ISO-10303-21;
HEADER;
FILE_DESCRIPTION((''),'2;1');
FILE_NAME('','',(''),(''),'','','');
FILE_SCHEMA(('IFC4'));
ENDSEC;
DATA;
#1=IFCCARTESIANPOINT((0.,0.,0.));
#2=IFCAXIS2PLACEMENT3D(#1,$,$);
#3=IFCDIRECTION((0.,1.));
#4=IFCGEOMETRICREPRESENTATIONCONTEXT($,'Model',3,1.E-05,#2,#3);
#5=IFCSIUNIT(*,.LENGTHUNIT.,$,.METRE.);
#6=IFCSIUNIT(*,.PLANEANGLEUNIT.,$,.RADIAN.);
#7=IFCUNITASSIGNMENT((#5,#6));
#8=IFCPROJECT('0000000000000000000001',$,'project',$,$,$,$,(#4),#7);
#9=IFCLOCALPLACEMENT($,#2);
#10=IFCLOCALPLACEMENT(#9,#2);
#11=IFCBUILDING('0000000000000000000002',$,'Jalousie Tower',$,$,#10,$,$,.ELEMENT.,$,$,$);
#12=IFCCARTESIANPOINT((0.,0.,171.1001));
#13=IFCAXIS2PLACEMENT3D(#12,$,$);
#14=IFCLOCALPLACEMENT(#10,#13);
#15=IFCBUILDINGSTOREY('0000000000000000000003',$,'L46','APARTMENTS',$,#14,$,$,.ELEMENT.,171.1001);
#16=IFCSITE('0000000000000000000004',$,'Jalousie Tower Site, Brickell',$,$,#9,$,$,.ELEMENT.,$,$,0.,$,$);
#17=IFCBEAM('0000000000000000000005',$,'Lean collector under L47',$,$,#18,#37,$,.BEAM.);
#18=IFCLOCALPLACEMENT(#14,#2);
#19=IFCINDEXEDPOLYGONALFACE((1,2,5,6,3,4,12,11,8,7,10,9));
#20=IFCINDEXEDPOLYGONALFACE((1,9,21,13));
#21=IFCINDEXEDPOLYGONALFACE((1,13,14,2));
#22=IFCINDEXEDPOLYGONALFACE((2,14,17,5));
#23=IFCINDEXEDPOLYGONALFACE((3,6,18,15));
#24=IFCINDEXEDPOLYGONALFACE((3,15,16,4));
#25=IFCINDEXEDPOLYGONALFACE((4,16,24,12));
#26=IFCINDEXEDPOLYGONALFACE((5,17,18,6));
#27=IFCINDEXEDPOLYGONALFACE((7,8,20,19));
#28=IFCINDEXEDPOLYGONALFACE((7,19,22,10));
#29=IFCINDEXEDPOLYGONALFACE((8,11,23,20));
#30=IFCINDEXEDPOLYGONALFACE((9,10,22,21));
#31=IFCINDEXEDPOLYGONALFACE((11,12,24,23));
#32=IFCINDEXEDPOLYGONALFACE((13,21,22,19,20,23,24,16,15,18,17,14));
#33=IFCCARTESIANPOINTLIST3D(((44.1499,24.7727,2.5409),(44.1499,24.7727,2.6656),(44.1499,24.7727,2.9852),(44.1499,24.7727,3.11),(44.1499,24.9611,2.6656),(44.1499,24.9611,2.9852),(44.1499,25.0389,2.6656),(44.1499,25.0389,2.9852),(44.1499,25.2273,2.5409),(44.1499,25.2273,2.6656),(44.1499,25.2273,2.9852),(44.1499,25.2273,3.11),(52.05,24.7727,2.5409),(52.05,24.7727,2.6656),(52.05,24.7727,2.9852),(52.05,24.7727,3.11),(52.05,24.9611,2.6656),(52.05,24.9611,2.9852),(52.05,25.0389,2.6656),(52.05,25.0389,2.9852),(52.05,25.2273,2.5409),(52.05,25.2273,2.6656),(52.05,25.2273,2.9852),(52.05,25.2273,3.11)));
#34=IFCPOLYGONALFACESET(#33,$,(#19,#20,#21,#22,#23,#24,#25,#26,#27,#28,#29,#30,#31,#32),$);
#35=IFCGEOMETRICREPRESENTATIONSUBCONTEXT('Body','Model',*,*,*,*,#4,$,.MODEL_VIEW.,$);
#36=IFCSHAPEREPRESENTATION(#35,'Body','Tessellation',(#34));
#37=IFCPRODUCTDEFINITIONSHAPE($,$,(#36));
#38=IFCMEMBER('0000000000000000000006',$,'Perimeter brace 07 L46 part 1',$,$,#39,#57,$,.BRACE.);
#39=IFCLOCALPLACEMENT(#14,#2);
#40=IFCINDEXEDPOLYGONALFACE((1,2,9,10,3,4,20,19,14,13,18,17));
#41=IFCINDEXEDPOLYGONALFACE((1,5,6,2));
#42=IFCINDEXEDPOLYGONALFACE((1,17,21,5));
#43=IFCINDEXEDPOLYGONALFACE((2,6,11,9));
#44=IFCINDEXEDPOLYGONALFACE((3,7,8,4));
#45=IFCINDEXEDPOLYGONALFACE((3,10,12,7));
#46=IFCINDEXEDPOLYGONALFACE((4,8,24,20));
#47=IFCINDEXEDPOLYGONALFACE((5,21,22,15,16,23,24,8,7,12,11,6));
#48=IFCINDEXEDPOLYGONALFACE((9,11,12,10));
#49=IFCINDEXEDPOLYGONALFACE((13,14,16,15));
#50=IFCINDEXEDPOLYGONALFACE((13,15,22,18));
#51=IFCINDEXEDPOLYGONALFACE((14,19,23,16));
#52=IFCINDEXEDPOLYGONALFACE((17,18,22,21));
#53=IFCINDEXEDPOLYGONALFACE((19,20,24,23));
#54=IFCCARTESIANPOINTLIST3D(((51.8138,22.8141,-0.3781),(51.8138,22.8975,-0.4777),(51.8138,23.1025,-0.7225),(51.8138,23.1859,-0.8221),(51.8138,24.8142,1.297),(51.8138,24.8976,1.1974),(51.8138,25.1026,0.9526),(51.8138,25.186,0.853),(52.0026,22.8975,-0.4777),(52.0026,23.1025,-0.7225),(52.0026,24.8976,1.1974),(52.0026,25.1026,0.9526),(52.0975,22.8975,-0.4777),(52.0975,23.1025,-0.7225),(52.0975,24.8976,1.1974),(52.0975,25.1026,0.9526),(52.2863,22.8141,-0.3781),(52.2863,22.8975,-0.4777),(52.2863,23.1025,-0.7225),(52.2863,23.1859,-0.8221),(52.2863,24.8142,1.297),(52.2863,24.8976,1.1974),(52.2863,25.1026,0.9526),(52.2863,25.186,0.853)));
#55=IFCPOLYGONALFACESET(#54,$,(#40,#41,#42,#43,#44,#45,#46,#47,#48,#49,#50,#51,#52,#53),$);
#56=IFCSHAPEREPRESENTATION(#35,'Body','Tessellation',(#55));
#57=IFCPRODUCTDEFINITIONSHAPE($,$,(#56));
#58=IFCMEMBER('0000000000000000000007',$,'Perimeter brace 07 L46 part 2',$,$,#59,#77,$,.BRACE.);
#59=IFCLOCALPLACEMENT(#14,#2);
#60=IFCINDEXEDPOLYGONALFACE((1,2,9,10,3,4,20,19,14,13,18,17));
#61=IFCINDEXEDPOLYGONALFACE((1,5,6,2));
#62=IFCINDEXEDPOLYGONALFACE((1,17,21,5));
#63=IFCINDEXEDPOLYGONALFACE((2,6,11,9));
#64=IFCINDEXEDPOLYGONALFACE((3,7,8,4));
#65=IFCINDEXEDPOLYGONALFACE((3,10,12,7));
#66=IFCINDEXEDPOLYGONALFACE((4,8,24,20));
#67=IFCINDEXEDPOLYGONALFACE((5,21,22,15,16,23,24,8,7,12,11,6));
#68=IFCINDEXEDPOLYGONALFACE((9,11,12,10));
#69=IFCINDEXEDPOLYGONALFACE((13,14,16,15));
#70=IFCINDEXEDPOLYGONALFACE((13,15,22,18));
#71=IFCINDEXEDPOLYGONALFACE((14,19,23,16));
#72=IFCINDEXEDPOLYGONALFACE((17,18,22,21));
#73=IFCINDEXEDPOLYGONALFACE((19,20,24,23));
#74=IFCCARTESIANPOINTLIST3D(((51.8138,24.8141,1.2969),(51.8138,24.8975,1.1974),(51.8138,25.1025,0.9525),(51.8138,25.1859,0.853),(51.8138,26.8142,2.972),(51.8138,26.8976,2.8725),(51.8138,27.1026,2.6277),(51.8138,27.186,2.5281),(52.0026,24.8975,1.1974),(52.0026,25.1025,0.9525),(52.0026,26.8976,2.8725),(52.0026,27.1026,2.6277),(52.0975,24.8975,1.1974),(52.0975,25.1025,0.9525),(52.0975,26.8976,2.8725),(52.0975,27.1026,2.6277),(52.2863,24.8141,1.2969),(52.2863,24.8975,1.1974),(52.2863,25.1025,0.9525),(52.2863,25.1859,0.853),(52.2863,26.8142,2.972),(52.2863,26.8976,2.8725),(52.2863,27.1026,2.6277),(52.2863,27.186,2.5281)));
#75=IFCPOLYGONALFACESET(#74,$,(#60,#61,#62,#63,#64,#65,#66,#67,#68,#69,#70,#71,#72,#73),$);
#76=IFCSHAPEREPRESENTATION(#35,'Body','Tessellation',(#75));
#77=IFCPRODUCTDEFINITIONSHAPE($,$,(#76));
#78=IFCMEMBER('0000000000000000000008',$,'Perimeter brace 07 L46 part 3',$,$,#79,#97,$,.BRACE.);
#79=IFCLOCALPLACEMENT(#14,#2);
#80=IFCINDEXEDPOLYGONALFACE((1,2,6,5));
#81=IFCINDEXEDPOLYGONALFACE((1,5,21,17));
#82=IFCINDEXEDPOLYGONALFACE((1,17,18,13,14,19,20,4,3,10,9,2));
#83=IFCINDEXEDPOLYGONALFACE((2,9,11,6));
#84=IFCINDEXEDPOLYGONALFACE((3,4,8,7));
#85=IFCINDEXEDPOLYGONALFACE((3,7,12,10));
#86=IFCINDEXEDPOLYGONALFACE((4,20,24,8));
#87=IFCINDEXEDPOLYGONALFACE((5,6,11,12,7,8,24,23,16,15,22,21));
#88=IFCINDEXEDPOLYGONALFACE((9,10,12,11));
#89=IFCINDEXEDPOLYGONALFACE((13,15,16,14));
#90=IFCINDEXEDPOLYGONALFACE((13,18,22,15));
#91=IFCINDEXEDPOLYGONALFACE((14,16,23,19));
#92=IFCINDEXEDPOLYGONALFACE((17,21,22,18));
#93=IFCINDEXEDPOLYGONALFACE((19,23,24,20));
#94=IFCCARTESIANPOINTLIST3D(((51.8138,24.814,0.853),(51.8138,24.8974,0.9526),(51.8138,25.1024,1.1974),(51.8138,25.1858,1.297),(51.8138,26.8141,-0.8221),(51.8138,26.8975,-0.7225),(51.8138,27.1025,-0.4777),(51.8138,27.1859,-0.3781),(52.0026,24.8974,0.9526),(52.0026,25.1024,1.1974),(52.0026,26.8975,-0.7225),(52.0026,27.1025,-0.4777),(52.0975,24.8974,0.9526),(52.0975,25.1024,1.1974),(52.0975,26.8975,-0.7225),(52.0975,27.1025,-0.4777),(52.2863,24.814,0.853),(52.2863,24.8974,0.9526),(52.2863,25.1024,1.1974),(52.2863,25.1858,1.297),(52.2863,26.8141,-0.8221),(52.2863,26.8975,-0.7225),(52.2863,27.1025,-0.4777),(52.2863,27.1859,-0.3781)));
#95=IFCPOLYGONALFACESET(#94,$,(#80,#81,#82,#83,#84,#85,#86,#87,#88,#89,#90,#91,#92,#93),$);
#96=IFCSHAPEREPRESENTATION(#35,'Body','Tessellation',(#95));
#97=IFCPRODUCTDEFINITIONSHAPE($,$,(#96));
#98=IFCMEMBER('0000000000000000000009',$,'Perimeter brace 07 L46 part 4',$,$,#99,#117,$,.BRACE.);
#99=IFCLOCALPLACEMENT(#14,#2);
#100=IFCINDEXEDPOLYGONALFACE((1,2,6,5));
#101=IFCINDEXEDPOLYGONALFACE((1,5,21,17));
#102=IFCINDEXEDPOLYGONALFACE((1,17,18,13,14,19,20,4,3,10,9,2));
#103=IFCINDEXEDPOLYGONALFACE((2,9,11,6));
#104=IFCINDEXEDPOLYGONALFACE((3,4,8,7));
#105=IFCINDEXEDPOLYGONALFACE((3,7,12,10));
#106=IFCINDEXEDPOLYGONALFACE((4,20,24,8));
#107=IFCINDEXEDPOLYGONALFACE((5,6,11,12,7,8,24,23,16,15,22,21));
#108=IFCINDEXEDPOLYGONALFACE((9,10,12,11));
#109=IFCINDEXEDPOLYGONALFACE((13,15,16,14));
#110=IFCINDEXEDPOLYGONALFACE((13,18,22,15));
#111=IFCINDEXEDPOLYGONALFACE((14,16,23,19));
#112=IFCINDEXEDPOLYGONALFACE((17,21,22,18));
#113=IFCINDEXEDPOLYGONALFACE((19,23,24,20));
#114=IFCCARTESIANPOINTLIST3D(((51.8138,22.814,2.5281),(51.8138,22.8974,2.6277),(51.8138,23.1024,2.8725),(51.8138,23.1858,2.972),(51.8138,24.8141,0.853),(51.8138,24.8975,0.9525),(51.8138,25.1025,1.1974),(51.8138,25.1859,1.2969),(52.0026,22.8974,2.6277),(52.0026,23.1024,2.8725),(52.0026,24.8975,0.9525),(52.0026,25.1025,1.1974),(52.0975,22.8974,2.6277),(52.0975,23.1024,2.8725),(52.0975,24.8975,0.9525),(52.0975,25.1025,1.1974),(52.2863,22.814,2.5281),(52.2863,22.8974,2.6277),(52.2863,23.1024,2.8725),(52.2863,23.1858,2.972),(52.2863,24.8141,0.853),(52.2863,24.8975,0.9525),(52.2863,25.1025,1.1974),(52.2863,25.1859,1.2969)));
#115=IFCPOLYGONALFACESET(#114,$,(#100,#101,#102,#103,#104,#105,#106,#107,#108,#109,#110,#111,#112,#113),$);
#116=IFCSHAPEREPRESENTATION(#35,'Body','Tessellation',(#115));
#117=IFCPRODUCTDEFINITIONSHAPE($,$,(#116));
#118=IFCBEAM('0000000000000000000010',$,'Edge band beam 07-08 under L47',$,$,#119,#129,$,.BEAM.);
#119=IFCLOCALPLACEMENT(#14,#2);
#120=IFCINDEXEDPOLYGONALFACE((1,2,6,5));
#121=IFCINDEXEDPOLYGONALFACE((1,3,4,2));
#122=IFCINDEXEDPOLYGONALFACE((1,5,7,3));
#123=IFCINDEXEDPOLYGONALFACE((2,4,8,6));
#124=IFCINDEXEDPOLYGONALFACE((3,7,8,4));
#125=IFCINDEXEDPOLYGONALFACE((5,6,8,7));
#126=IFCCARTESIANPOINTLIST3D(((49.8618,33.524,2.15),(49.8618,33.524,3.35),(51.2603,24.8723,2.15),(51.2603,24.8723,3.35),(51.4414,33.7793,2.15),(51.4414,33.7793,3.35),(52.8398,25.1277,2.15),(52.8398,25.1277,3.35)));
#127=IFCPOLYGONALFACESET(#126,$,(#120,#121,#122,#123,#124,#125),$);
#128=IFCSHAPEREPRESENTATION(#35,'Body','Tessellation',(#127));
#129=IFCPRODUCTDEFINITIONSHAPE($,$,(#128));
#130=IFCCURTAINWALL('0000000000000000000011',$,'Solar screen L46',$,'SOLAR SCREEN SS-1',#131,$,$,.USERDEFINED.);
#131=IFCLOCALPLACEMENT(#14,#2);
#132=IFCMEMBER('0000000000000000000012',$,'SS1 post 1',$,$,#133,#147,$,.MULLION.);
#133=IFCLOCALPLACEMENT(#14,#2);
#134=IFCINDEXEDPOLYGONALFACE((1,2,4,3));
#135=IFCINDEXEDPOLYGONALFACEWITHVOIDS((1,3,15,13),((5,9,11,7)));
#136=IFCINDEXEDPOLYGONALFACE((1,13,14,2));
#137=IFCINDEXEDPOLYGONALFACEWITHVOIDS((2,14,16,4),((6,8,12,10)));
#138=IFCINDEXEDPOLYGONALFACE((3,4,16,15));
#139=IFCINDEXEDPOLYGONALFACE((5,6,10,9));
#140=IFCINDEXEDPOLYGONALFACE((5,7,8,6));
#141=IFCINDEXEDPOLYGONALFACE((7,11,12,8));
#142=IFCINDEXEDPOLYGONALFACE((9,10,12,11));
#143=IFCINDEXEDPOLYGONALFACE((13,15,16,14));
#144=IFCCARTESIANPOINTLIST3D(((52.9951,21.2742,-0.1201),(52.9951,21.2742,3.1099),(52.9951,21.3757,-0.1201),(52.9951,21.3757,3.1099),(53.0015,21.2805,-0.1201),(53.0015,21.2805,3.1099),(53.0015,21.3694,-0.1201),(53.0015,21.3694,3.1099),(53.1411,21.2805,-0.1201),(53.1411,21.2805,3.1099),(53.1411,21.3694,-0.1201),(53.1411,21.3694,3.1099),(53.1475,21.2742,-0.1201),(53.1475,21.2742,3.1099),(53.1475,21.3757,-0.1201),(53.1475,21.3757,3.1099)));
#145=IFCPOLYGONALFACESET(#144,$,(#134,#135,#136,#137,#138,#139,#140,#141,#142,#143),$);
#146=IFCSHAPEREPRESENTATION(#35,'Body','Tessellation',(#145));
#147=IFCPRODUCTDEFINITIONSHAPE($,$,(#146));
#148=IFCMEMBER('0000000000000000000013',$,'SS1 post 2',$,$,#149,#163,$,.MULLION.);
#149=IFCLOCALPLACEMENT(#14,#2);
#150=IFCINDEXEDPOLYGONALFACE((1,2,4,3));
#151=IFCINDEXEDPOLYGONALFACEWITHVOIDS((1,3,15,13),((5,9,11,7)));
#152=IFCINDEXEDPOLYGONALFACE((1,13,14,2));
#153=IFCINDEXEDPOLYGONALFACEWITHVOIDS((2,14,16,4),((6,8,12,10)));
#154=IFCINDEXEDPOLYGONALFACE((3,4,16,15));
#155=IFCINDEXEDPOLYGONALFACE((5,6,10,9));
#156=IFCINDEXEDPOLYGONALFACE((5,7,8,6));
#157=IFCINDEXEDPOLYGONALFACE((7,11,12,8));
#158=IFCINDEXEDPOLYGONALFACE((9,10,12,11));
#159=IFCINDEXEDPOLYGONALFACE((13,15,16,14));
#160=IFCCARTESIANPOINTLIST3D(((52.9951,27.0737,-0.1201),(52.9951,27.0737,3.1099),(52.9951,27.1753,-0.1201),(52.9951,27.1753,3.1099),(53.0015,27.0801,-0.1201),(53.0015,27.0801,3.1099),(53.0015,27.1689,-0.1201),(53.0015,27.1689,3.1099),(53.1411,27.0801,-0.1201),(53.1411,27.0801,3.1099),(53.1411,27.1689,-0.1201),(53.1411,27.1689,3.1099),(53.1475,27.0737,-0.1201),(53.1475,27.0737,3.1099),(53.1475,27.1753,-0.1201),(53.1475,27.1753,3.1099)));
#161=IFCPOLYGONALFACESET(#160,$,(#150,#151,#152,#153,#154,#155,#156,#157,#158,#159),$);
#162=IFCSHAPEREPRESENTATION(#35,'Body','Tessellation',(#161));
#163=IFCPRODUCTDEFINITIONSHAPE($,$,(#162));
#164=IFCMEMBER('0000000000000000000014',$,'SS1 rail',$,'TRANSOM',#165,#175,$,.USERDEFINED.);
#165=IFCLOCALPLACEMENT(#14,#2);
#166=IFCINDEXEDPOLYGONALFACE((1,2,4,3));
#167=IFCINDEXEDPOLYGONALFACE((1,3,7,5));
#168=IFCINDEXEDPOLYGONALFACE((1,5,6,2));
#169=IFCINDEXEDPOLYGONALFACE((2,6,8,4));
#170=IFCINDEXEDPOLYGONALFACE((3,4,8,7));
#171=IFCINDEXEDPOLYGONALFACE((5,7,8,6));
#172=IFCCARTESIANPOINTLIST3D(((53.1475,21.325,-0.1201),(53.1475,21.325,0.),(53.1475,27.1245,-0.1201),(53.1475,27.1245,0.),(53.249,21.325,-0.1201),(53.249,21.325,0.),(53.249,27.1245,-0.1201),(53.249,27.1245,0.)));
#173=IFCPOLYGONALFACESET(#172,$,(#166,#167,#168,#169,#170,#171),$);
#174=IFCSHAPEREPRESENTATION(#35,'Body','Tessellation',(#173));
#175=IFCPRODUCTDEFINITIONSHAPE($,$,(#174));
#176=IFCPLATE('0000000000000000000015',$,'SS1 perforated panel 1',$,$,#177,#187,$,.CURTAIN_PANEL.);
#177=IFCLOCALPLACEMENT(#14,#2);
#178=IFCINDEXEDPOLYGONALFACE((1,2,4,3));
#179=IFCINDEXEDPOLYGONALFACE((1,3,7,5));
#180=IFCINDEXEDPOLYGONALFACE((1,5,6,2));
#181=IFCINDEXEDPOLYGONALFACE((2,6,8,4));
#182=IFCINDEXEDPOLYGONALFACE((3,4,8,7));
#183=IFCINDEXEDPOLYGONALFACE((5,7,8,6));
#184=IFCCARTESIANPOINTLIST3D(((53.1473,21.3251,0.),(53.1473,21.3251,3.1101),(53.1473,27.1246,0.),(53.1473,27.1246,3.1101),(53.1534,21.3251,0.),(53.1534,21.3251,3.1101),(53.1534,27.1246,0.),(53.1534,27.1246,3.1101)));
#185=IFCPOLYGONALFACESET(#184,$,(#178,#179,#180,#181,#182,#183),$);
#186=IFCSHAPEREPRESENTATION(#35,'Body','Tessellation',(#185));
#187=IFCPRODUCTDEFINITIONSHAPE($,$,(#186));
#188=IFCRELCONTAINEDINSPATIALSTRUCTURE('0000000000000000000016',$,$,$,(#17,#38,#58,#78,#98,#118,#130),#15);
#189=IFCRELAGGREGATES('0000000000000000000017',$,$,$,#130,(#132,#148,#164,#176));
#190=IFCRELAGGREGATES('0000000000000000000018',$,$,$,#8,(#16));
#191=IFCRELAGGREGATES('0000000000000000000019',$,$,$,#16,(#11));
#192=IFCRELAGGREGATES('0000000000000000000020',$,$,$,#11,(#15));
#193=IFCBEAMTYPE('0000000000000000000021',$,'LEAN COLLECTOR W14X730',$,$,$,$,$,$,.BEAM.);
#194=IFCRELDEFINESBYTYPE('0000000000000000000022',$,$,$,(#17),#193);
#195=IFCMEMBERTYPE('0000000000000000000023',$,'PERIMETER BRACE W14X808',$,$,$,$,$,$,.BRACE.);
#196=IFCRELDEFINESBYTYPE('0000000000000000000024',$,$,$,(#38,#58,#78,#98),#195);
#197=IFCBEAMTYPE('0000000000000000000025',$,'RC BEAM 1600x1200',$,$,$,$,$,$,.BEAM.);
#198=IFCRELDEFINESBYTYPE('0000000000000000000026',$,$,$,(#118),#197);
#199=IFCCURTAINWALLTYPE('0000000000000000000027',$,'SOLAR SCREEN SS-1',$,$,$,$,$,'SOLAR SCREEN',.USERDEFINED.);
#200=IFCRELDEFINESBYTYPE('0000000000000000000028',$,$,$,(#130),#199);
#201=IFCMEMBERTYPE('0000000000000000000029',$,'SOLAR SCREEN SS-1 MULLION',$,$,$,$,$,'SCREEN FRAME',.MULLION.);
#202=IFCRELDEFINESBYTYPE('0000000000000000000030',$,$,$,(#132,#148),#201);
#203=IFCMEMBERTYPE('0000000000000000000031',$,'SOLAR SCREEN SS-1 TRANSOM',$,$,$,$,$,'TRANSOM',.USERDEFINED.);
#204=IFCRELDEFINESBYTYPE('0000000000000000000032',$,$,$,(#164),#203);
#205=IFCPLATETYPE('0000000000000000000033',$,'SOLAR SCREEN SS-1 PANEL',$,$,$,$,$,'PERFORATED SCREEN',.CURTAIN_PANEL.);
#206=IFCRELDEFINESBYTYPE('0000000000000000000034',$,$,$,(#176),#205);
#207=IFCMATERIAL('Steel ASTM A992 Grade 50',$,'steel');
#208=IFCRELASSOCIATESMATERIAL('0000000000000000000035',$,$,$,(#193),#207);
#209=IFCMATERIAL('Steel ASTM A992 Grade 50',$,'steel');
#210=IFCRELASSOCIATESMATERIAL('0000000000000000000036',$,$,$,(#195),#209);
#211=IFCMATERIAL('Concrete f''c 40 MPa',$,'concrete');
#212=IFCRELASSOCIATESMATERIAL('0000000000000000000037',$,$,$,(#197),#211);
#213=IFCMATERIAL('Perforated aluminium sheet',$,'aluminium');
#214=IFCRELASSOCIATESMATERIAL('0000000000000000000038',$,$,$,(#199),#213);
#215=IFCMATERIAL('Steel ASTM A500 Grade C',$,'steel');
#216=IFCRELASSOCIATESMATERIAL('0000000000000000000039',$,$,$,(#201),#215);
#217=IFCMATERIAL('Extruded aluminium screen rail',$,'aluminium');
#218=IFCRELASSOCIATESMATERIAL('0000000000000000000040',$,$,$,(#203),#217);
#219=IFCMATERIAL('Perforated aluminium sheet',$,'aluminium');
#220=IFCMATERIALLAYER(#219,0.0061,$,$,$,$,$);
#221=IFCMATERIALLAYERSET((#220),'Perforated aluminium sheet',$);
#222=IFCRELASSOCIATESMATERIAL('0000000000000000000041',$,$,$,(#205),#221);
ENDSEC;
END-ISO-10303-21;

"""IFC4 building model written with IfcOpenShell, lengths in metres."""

from ifc_helpers import new_model, si_unit, direction, frame, origin, origin_2d, place, context, subcontext, project, spatial, rectangle, hollow_rectangle, i_section, extrude, material, layer, layer_set, material_profile, profile_set, type_object, element, aggregate, save


model = new_model("IFC4")

# Units and contexts
model_context = context("Model", 3, precision=1e-05, world=origin(), true_north=direction((0.0, 1.0)))
body_context = subcontext(model_context, "Body", "Model", "MODEL_VIEW")
ifc_project = project(units=[si_unit("LENGTHUNIT", "METRE"), si_unit("PLANEANGLEUNIT", "RADIAN")], contexts=[model_context])

# Site, building, storey
site_placement = place(None, origin())
site = spatial("IfcSite", under=ifc_project, at=site_placement, Name="Jalousie Tower Site, Brickell", CompositionType="ELEMENT", RefElevation=0.0)
building_placement = place(site_placement, origin())
building = spatial("IfcBuilding", under=site, at=building_placement, Name="Jalousie Tower", CompositionType="ELEMENT")
storey_placement = place(building_placement, frame((0.0, 0.0, 171.1001)))
storey = spatial("IfcBuildingStorey", under=building, at=storey_placement, Name="L46", Description="APARTMENTS", CompositionType="ELEMENT", Elevation=171.1001)

# Beam
ifc_material_1 = material(Name="Steel ASTM A992 Grade 50", Category="steel")
ifc_material_profile_1 = material_profile(ifc_material_1, i_section(OverallWidth=0.4546, OverallDepth=0.5691, WebThickness=0.0779, FlangeThickness=0.1248, at=origin_2d()), Name="W14X730")
ifc_profile_set_1 = profile_set([ifc_material_profile_1], Name="Steel ASTM A992 Grade 50")
beam_type_1 = type_object("IfcBeamType", Name="LEAN COLLECTOR W14X730", PredefinedType="BEAM", material=ifc_profile_set_1)
beam_1_placement = place(storey_placement, frame((52.05, 25.0, 2.8254), z_axis=(-1.0, 0.0, 0.0), x_axis=(0.0, -1.0, 0.0)))
element("IfcBeam", 1, at=beam_1_placement, inside=storey, type_object=beam_type_1, Name="Lean collector under L47", PredefinedType="BEAM", context=body_context, shape_type="SweptSolid", body=[
    extrude(i_section(OverallWidth=0.4546, OverallDepth=0.5691, WebThickness=0.0779, FlangeThickness=0.1248, at=origin_2d()), origin(), (0.0, 0.0, 1.0), 7.9001),
])

# Members
ifc_material_2 = material(Name="Steel ASTM A992 Grade 50", Category="steel")
ifc_material_profile_2 = material_profile(ifc_material_2, i_section(OverallWidth=0.4724, OverallDepth=0.5791, WebThickness=0.095, FlangeThickness=0.1299, at=origin_2d()), Name="W14X808")
ifc_profile_set_2 = profile_set([ifc_material_profile_2], Name="Steel ASTM A992 Grade 50")
member_type_1 = type_object("IfcMemberType", Name="PERIMETER BRACE W14X808", PredefinedType="BRACE", material=ifc_profile_set_2)
for number, where, z_axis, x_axis, name in (
    (2, (52.05, 23.0, -0.6001), (0.0, 0.766639, 0.642079), (-1.0, 0.0, 0.0), "Perimeter brace 07 L46 part 1"),
    (3, (52.05, 25.0, 1.075), (0.0, 0.766639, 0.642079), (-1.0, 0.0, 0.0), "Perimeter brace 07 L46 part 2"),
    (4, (52.05, 27.0, -0.6001), (0.0, -0.766639, 0.642079), (1.0, 0.0, 0.0), "Perimeter brace 07 L46 part 3"),
    (5, (52.05, 25.0, 1.075), (0.0, -0.766639, 0.642079), (1.0, 0.0, 0.0), "Perimeter brace 07 L46 part 4"),
):
    element("IfcMember", number, at=place(storey_placement, frame(where, z_axis=z_axis, x_axis=x_axis)), inside=storey, type_object=member_type_1, Name=name, PredefinedType="BRACE", context=body_context, shape_type="SweptSolid", body=[
        extrude(i_section(OverallWidth=0.4724, OverallDepth=0.5791, WebThickness=0.095, FlangeThickness=0.1299, at=origin_2d()), origin(), (0.0, 0.0, 1.0), 2.6089),
    ])

# Beam
ifc_material_3 = material(Name="Concrete f'c 40 MPa", Category="concrete")
ifc_material_profile_3 = material_profile(ifc_material_3, rectangle(XDim=1.6001, YDim=1.2, at=origin_2d()), Name="RC 1600x1200")
ifc_profile_set_3 = profile_set([ifc_material_profile_3], Name="Concrete f'c 40 MPa")
beam_type_2 = type_object("IfcBeamType", Name="RC BEAM 1600x1200", PredefinedType="BEAM", material=ifc_profile_set_3)
beam_2_placement = place(storey_placement, frame((52.05, 25.0, 2.75), z_axis=(-0.159568, 0.987187, 0.0), x_axis=(-0.987187, -0.159568, 0.0)))
element("IfcBeam", 6, at=beam_2_placement, inside=storey, type_object=beam_type_2, Name="Edge band beam 07-08 under L47", PredefinedType="BEAM", context=body_context, shape_type="SweptSolid", body=[
    extrude(rectangle(XDim=1.6001, YDim=1.2, at=origin_2d()), origin(), (0.0, 0.0, 1.0), 8.7639),
])

# Curtain wall, members, plate
ifc_material_4 = material(Name="Perforated aluminium sheet", Category="aluminium")
curtain_wall_type = type_object("IfcCurtainWallType", Name="SOLAR SCREEN SS-1", ElementType="SOLAR SCREEN", PredefinedType="USERDEFINED", material=ifc_material_4)
curtain_wall_placement = place(storey_placement, origin())
curtain_wall = element("IfcCurtainWall", 7, at=curtain_wall_placement, inside=storey, type_object=curtain_wall_type, Name="Solar screen L46", ObjectType="SOLAR SCREEN SS-1", PredefinedType="USERDEFINED")
ifc_material_5 = material(Name="Steel ASTM A500 Grade C", Category="steel")
ifc_material_profile_4 = material_profile(ifc_material_5, hollow_rectangle(XDim=0.1016, YDim=0.1523, WallThickness=0.0063, at=origin_2d()), Name="HSS6X4X1/4")
ifc_profile_set_4 = profile_set([ifc_material_profile_4], Name="Steel ASTM A500 Grade C")
member_type_2 = type_object("IfcMemberType", Name="SOLAR SCREEN SS-1 MULLION", ElementType="SCREEN FRAME", PredefinedType="MULLION", material=ifc_profile_set_4)
member_1_placement = place(storey_placement, frame((53.0713, 21.325, -0.1201), z_axis=(0.0, 0.0, 1.0), x_axis=(0.0, 1.0, 0.0)))
member_1 = element("IfcMember", 8, at=member_1_placement, type_object=member_type_2, Name="SS1 post 1", PredefinedType="MULLION", context=body_context, shape_type="SweptSolid", body=[
    extrude(hollow_rectangle(XDim=0.1016, YDim=0.1523, WallThickness=0.0063, at=origin_2d()), origin(), (0.0, 0.0, 1.0), 3.23),
])
member_2_placement = place(storey_placement, frame((53.0713, 27.1245, -0.1201), z_axis=(0.0, 0.0, 1.0), x_axis=(0.0, 1.0, 0.0)))
member_2 = element("IfcMember", 9, at=member_2_placement, type_object=member_type_2, Name="SS1 post 2", PredefinedType="MULLION", context=body_context, shape_type="SweptSolid", body=[
    extrude(hollow_rectangle(XDim=0.1016, YDim=0.1523, WallThickness=0.0063, at=origin_2d()), origin(), (0.0, 0.0, 1.0), 3.23),
])
ifc_material_6 = material(Name="Extruded aluminium screen rail", Category="aluminium")
ifc_material_profile_5 = material_profile(ifc_material_6, rectangle(XDim=0.1016, YDim=0.1201, at=origin_2d()), Name="RAIL 102x120")
ifc_profile_set_5 = profile_set([ifc_material_profile_5], Name="Extruded aluminium screen rail")
member_type_3 = type_object("IfcMemberType", Name="SOLAR SCREEN SS-1 TRANSOM", ElementType="TRANSOM", PredefinedType="USERDEFINED", material=ifc_profile_set_5)
member_3_placement = place(storey_placement, frame((53.1982, 21.325, -0.0601), z_axis=(0.0, 1.0, 0.0), x_axis=(-1.0, 0.0, 0.0)))
member_3 = element("IfcMember", 10, at=member_3_placement, type_object=member_type_3, Name="SS1 rail", ObjectType="TRANSOM", PredefinedType="USERDEFINED", context=body_context, shape_type="SweptSolid", body=[
    extrude(rectangle(XDim=0.1016, YDim=0.1201, at=origin_2d()), origin(), (0.0, 0.0, 1.0), 5.7996),
])
ifc_material_7 = material(Name="Perforated aluminium sheet", Category="aluminium")
ifc_layer_1 = layer(ifc_material_7, 0.0061)
ifc_layer_set_1 = layer_set([ifc_layer_1], Name="Perforated aluminium sheet")
plate_type = type_object("IfcPlateType", Name="SOLAR SCREEN SS-1 PANEL", ElementType="PERFORATED SCREEN", PredefinedType="CURTAIN_PANEL", material=ifc_layer_set_1)
plate_placement = place(storey_placement, frame((53.1504, 24.2249, 0.0), z_axis=(0.0, 0.0, 1.0), x_axis=(0.0, 1.0, 0.0)))
plate = element("IfcPlate", 11, at=plate_placement, type_object=plate_type, Name="SS1 perforated panel 1", PredefinedType="CURTAIN_PANEL", context=body_context, shape_type="SweptSolid", body=[
    extrude(rectangle(XDim=5.7996, YDim=0.0061, at=origin_2d()), origin(), (0.0, 0.0, 1.0), 3.1101),
])
aggregate(curtain_wall, [member_1, member_2, member_3, plate])

save(model, "model.ifc")
